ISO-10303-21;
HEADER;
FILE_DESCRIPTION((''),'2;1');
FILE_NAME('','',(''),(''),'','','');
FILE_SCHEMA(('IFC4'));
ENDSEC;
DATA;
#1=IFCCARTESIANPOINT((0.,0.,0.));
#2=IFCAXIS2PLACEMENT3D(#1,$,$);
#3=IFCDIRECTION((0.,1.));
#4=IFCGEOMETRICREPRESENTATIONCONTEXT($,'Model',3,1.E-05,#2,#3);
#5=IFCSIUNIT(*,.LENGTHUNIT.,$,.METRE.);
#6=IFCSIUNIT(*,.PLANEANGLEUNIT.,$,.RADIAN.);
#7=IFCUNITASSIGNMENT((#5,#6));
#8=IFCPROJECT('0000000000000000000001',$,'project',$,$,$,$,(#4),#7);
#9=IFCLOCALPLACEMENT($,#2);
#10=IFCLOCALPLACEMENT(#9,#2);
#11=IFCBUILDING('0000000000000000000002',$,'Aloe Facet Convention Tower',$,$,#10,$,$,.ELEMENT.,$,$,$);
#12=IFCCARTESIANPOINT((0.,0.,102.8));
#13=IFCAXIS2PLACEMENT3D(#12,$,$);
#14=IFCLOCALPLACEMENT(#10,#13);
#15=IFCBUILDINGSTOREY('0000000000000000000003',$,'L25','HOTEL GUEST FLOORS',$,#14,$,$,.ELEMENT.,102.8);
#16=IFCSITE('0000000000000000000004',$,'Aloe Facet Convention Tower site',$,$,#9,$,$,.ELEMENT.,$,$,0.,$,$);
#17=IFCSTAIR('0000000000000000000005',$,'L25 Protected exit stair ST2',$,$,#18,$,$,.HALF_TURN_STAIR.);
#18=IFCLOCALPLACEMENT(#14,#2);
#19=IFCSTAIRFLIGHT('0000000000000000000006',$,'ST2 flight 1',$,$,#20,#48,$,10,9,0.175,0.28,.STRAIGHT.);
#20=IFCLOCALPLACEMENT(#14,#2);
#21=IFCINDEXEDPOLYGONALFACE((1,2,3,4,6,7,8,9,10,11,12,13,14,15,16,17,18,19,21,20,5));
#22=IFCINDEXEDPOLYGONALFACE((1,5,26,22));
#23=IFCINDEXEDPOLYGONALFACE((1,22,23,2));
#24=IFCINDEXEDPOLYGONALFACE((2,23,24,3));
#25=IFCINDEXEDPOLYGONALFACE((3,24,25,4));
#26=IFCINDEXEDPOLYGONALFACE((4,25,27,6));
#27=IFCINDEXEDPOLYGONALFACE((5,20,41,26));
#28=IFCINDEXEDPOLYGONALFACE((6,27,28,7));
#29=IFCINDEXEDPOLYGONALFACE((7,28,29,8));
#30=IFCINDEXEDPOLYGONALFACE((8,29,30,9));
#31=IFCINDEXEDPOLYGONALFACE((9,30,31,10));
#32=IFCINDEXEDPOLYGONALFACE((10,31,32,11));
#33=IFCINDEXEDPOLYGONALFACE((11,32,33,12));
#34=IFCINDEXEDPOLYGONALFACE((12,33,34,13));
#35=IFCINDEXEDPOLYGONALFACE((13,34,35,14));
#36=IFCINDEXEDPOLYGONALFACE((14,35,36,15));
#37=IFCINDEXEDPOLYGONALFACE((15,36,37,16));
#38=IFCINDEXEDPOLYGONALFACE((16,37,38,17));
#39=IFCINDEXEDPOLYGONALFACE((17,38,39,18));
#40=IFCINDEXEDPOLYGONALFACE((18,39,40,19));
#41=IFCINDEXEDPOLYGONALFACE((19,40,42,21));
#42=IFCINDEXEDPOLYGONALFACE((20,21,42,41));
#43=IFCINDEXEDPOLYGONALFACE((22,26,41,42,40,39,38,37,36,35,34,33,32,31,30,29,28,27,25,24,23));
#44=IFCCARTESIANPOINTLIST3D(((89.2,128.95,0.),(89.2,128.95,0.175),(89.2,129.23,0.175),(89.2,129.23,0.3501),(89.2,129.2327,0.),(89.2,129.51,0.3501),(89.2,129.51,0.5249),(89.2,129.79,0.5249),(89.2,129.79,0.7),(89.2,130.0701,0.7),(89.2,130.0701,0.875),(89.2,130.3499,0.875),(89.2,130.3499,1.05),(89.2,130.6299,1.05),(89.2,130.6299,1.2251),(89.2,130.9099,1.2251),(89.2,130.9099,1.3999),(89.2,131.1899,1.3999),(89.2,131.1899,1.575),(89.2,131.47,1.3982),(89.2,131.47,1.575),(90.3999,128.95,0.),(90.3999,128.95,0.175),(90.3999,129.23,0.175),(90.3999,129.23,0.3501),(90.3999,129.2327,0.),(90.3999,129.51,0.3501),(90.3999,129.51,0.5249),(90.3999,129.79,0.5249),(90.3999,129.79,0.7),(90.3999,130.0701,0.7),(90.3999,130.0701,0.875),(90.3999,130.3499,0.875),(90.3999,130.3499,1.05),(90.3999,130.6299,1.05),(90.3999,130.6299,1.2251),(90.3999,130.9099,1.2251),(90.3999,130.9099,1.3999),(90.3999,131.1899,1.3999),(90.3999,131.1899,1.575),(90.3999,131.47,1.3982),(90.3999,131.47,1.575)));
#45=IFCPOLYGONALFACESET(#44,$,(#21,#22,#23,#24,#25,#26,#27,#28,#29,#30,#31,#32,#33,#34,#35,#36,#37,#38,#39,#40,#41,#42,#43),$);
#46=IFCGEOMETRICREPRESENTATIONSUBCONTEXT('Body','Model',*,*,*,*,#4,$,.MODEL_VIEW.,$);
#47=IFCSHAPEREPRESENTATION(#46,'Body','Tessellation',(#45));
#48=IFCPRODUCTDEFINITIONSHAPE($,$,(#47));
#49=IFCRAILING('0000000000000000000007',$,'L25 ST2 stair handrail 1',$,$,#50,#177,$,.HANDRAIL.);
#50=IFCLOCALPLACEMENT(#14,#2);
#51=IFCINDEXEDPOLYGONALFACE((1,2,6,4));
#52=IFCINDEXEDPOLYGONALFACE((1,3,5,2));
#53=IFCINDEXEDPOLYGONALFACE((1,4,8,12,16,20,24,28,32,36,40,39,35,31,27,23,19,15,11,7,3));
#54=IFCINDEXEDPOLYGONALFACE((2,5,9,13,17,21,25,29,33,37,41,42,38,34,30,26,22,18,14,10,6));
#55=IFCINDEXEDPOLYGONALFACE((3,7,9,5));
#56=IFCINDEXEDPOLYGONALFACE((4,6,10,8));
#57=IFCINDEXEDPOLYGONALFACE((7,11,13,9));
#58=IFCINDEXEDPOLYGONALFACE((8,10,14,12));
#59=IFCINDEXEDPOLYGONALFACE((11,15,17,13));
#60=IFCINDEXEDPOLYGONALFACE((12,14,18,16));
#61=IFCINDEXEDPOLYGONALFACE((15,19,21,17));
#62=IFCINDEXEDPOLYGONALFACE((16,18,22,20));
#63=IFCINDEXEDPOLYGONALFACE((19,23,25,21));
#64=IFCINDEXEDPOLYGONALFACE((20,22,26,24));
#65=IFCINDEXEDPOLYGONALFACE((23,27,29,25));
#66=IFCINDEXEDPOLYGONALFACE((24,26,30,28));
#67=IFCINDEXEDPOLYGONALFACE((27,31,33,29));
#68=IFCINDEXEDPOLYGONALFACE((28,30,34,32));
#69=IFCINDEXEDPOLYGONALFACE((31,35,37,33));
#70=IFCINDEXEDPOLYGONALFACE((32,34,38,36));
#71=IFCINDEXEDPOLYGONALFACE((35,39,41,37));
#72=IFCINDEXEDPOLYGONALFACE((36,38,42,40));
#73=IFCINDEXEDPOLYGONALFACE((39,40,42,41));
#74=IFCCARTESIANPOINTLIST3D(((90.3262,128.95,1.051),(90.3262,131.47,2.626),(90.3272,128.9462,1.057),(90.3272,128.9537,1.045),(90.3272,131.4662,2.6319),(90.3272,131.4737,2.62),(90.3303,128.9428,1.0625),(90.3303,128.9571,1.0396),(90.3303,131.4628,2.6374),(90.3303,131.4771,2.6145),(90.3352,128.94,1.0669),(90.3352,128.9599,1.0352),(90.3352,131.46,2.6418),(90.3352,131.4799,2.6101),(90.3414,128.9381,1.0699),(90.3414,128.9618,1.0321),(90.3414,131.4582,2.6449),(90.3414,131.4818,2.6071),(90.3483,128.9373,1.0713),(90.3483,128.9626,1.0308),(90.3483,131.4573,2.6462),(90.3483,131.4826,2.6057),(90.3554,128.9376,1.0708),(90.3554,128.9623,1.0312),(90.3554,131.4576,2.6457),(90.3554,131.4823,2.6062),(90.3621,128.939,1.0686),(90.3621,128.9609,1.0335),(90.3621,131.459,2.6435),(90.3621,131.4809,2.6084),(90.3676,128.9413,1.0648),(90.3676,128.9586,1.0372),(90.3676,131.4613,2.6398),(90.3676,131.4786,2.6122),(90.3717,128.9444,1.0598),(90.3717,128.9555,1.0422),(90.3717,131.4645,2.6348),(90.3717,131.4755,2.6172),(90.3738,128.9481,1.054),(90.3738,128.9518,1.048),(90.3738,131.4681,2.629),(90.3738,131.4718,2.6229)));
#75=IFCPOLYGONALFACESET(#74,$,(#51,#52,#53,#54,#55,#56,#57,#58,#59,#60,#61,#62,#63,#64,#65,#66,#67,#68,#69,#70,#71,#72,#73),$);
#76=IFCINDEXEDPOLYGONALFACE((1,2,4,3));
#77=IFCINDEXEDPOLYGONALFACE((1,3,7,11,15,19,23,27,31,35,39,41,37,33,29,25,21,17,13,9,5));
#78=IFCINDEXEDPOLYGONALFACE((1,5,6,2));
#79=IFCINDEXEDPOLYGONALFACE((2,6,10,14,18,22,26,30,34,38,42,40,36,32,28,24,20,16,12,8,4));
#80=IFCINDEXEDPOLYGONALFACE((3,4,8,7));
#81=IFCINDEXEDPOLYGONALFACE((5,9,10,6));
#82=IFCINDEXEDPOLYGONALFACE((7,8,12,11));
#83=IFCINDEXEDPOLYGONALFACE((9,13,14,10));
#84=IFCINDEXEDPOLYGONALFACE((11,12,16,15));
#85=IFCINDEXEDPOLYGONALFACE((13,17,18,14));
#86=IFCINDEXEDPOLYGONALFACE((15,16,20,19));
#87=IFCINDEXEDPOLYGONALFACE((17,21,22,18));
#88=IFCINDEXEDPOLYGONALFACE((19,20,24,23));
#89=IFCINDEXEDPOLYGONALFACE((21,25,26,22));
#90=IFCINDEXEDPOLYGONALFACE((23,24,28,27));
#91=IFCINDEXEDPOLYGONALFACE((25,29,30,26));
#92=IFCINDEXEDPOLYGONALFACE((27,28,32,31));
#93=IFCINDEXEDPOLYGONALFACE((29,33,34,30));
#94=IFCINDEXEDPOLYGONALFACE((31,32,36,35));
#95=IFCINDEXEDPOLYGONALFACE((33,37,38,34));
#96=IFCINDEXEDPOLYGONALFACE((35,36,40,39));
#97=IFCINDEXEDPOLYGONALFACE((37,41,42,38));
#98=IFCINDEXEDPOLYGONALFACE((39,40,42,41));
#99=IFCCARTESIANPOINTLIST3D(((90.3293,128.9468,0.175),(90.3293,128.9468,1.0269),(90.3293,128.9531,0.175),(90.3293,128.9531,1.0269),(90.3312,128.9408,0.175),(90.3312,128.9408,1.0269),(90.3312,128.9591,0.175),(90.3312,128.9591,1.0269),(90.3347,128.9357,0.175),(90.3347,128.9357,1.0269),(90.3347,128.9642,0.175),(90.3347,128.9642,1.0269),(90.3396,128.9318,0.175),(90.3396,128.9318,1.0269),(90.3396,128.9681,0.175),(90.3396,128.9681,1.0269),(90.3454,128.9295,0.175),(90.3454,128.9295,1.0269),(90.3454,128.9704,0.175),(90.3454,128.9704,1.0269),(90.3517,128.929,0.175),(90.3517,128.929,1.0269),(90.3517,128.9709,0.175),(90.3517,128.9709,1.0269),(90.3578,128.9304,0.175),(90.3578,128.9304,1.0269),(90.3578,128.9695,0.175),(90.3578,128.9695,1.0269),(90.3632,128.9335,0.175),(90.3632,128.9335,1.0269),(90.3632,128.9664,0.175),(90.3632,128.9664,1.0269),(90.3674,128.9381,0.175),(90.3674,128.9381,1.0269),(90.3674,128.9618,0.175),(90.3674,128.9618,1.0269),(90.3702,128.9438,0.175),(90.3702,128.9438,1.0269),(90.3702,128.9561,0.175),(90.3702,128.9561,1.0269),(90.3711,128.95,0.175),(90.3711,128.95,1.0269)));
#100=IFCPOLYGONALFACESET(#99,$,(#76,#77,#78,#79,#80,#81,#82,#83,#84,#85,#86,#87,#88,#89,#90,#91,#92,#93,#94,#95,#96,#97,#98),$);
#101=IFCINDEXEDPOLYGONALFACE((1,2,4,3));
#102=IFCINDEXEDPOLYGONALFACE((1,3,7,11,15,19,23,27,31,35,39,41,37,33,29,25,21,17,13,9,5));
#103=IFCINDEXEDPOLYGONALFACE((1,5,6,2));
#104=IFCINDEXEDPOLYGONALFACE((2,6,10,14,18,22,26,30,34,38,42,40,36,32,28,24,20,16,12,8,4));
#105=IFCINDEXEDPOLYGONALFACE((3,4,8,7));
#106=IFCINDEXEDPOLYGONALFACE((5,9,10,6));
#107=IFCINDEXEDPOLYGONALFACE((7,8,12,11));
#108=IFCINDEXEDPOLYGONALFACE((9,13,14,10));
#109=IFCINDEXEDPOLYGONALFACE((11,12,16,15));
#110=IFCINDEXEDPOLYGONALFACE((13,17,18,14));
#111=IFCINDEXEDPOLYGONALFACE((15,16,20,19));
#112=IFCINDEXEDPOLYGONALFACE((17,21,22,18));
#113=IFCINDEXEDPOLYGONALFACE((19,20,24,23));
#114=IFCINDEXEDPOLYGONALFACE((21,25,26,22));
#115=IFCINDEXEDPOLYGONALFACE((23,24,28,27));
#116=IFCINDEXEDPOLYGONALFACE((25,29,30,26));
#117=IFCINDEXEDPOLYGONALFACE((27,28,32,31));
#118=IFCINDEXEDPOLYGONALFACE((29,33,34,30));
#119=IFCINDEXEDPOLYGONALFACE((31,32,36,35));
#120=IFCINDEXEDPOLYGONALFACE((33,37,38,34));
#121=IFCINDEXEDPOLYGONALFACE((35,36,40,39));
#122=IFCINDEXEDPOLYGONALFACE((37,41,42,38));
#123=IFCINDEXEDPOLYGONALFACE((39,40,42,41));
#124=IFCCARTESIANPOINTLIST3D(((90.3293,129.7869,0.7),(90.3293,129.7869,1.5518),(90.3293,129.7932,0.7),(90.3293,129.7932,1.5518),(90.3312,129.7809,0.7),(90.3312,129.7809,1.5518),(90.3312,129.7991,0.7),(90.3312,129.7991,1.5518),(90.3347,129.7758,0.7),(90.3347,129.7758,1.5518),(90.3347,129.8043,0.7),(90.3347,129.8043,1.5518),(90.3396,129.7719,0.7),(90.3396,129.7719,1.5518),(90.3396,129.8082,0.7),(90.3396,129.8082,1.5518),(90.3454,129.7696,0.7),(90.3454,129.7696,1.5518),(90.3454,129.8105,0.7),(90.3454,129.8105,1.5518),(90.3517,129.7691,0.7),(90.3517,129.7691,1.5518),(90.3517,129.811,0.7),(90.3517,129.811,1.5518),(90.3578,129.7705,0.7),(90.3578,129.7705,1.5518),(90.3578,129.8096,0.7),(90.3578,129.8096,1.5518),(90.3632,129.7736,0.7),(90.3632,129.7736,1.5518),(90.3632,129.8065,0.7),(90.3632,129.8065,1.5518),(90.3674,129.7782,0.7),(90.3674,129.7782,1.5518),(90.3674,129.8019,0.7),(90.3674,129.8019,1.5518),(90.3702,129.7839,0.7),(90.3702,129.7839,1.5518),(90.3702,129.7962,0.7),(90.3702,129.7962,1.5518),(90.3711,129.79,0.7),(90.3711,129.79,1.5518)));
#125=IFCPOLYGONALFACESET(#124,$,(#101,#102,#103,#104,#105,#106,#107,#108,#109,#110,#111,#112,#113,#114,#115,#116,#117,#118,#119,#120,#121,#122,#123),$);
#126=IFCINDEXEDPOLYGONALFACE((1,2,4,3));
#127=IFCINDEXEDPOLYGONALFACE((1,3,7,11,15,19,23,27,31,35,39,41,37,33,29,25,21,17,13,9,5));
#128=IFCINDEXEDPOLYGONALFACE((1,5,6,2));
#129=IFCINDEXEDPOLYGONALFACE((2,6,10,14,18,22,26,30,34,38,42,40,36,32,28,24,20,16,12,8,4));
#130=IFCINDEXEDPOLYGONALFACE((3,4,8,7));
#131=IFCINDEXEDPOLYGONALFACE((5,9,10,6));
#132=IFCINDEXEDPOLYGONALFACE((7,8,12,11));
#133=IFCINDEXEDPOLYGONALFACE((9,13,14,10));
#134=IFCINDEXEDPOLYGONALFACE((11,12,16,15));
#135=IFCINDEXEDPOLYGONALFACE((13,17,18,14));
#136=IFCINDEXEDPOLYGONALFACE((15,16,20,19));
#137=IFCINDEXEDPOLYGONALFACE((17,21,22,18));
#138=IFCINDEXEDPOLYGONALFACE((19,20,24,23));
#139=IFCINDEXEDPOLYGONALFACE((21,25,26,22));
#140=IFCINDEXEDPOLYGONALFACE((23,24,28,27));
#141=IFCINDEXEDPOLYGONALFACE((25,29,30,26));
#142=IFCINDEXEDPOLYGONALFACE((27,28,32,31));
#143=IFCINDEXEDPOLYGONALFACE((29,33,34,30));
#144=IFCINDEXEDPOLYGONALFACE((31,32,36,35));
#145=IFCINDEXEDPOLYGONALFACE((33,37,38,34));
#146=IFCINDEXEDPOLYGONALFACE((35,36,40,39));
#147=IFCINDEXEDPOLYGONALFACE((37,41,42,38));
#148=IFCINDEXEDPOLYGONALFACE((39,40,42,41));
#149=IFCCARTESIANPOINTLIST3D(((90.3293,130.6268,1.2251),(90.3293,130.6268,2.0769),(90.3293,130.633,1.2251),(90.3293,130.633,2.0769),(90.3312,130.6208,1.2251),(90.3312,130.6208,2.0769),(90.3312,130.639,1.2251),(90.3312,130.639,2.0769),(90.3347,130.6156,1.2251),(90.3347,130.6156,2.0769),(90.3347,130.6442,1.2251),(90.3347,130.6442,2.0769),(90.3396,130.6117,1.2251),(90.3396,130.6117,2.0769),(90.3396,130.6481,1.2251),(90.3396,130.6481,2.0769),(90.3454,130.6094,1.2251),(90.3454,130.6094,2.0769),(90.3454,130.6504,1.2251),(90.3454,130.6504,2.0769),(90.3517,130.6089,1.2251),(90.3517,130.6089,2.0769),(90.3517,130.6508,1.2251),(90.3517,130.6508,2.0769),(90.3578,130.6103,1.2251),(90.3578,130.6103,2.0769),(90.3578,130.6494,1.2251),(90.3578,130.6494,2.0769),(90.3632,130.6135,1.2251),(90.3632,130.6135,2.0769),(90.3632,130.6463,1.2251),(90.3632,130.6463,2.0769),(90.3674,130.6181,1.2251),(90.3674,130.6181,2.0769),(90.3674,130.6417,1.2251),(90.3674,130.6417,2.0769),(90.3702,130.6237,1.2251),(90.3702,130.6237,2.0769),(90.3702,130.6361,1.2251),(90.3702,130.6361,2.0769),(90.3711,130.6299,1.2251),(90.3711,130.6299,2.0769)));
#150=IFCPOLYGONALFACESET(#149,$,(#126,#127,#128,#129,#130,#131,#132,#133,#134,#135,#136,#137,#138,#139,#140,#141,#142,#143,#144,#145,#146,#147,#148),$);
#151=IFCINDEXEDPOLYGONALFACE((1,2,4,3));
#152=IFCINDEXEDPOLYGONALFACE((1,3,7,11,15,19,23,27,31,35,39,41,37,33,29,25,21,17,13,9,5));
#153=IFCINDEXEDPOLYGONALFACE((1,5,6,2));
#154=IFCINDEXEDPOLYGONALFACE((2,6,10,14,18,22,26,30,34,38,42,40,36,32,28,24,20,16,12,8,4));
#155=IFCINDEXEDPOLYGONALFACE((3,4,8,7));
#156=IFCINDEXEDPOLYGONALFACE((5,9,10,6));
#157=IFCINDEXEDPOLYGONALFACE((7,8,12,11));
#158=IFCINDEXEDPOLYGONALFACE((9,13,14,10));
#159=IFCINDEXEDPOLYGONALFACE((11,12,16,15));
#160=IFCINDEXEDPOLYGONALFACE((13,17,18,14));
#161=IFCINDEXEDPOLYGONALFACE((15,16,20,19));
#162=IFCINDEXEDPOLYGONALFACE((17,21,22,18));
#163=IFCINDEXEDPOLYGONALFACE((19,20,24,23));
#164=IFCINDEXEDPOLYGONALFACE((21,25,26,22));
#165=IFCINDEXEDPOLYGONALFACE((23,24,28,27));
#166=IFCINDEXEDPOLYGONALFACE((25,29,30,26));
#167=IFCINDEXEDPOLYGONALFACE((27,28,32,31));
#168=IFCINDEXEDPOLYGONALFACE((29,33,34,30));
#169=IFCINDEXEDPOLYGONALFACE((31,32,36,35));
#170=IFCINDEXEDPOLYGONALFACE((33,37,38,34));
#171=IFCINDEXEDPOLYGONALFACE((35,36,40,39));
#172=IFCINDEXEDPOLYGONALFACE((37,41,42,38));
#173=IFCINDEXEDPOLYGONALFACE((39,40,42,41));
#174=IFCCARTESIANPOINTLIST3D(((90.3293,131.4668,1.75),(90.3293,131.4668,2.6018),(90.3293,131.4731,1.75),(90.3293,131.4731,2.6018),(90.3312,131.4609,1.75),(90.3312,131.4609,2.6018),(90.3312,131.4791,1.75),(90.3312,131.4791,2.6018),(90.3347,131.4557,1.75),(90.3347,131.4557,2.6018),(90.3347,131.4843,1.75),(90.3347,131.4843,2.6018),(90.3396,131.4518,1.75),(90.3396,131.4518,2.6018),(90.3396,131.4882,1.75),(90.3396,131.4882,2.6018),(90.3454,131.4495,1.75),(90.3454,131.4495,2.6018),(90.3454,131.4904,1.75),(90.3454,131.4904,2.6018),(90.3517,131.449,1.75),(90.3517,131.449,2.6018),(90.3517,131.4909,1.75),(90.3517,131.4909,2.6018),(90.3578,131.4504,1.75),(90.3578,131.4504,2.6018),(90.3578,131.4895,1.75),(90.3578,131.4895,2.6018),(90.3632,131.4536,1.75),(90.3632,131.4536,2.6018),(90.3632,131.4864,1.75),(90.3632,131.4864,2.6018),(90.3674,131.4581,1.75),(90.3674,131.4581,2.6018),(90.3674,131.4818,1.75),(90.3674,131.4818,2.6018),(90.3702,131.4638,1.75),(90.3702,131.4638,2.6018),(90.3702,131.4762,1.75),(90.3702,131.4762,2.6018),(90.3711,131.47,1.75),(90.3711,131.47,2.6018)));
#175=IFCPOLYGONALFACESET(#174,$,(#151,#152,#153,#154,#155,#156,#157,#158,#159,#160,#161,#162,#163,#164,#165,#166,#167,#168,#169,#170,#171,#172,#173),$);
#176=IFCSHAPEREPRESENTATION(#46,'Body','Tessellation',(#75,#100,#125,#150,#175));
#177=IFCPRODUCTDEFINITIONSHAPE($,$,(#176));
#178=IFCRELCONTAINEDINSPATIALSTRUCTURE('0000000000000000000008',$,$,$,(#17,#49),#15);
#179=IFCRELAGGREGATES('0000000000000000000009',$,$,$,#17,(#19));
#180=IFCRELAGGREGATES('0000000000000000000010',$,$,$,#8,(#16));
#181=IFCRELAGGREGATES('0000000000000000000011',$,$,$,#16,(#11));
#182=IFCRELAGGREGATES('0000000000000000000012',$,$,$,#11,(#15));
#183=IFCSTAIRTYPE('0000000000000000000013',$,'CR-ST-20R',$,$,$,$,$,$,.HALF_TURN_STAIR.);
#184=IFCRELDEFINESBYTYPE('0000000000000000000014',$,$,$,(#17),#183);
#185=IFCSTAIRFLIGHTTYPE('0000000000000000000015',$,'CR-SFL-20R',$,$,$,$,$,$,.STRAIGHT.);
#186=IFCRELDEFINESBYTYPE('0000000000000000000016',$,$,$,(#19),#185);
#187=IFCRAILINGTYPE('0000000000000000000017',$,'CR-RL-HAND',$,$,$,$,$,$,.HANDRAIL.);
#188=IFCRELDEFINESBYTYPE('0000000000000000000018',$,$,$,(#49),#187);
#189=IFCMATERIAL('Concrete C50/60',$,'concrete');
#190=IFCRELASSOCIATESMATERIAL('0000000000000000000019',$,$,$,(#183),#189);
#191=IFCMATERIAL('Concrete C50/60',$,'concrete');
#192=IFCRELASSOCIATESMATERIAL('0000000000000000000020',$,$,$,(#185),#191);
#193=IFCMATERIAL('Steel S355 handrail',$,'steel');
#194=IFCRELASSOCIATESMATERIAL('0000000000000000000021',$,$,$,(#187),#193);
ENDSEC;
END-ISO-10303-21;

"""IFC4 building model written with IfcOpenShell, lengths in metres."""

from ifc_helpers import new_model, si_unit, direction, frame, origin, origin_2d, place, context, subcontext, project, spatial, polyline, circle, outline, extrude, material, type_object, element, aggregate, save


model = new_model("IFC4")

# Units and contexts
model_context = context("Model", 3, precision=1e-05, world=origin(), true_north=direction((0.0, 1.0)))
body_context = subcontext(model_context, "Body", "Model", "MODEL_VIEW")
ifc_project = project(units=[si_unit("LENGTHUNIT", "METRE"), si_unit("PLANEANGLEUNIT", "RADIAN")], contexts=[model_context])

# Site, building, storey
site_placement = place(None, origin())
site = spatial("IfcSite", under=ifc_project, at=site_placement, Name="Aloe Facet Convention Tower site", CompositionType="ELEMENT", RefElevation=0.0)
building_placement = place(site_placement, origin())
building = spatial("IfcBuilding", under=site, at=building_placement, Name="Aloe Facet Convention Tower", CompositionType="ELEMENT")
storey_placement = place(building_placement, frame((0.0, 0.0, 102.8)))
storey = spatial("IfcBuildingStorey", under=building, at=storey_placement, Name="L25", Description="HOTEL GUEST FLOORS", CompositionType="ELEMENT", Elevation=102.8)

# Stair, stair flight
ifc_material_1 = material(Name="Concrete C50/60", Category="concrete")
stair_type = type_object("IfcStairType", Name="CR-ST-20R", PredefinedType="HALF_TURN_STAIR", material=ifc_material_1)
stair_placement = place(storey_placement, origin())
stair = element("IfcStair", 1, at=stair_placement, inside=storey, type_object=stair_type, Name="L25 Protected exit stair ST2", PredefinedType="HALF_TURN_STAIR")
ifc_material_2 = material(Name="Concrete C50/60", Category="concrete")
stair_flight_type = type_object("IfcStairFlightType", Name="CR-SFL-20R", PredefinedType="STRAIGHT", material=ifc_material_2)
stair_flight_placement = place(storey_placement, frame((89.8, 128.95, 0.0), z_axis=(0.0, 0.0, 1.0), x_axis=(0.0, 1.0, 0.0)))
stair_flight = element("IfcStairFlight", 2, at=stair_flight_placement, type_object=stair_flight_type, Name="ST2 flight 1", NumberOfRisers=10, NumberOfTreads=9, PredefinedType="STRAIGHT", RiserHeight=0.175, TreadLength=0.28, context=body_context, shape_type="SweptSolid", body=[
    extrude(outline(polyline([(0.0, 0.0), (0.0, 0.175), (0.28, 0.175), (0.28, 0.3501), (0.5601, 0.3501), (0.5601, 0.5249), (0.8401, 0.5249), (0.8401, 0.7), (1.1201, 0.7), (1.1201, 0.875), (1.3999, 0.875), (1.3999, 1.05), (1.6799, 1.05), (1.6799, 1.2251), (1.96, 1.2251), (1.96, 1.3999), (2.24, 1.3999), (2.24, 1.575), (2.52, 1.575), (2.52, 1.75), (2.52, 1.3982), (0.2827, 0.0), (0.0, 0.0)])), frame((0.0, 0.6001, 0.0), z_axis=(0.0, -1.0, 0.0), x_axis=(1.0, 0.0, 0.0)), (0.0, 0.0, 1.0), 1.2),
])
aggregate(stair, [stair_flight])

# Railing
ifc_material_3 = material(Name="Steel S355 handrail", Category="steel")
railing_type = type_object("IfcRailingType", Name="CR-RL-HAND", PredefinedType="HANDRAIL", material=ifc_material_3)
railing_placement = place(storey_placement, frame((90.3501, 128.95, 0.175)))
element("IfcRailing", 3, at=railing_placement, inside=storey, type_object=railing_type, Name="L25 ST2 stair handrail 1", PredefinedType="HANDRAIL", context=body_context, shape_type="SweptSolid", body=[
    extrude(circle(Radius=0.0239, at=origin_2d()), frame((0.0, 0.0, 0.876), z_axis=(0.0, 0.848008, 0.529984), x_axis=(-1.0, 0.0, 0.0)), (0.0, 0.0, 1.0), 2.9717),
    extrude(circle(Radius=0.021, at=origin_2d()), origin(), (0.0, 0.0, 1.0), 0.8518),
    extrude(circle(Radius=0.021, at=origin_2d()), frame((0.0, 0.8401, 0.5249)), (0.0, 0.0, 1.0), 0.8518),
    extrude(circle(Radius=0.021, at=origin_2d()), frame((0.0, 1.6799, 1.05)), (0.0, 0.0, 1.0), 0.8518),
    extrude(circle(Radius=0.021, at=origin_2d()), frame((0.0, 2.52, 1.575)), (0.0, 0.0, 1.0), 0.8518),
])

save(model, "model.ifc")
